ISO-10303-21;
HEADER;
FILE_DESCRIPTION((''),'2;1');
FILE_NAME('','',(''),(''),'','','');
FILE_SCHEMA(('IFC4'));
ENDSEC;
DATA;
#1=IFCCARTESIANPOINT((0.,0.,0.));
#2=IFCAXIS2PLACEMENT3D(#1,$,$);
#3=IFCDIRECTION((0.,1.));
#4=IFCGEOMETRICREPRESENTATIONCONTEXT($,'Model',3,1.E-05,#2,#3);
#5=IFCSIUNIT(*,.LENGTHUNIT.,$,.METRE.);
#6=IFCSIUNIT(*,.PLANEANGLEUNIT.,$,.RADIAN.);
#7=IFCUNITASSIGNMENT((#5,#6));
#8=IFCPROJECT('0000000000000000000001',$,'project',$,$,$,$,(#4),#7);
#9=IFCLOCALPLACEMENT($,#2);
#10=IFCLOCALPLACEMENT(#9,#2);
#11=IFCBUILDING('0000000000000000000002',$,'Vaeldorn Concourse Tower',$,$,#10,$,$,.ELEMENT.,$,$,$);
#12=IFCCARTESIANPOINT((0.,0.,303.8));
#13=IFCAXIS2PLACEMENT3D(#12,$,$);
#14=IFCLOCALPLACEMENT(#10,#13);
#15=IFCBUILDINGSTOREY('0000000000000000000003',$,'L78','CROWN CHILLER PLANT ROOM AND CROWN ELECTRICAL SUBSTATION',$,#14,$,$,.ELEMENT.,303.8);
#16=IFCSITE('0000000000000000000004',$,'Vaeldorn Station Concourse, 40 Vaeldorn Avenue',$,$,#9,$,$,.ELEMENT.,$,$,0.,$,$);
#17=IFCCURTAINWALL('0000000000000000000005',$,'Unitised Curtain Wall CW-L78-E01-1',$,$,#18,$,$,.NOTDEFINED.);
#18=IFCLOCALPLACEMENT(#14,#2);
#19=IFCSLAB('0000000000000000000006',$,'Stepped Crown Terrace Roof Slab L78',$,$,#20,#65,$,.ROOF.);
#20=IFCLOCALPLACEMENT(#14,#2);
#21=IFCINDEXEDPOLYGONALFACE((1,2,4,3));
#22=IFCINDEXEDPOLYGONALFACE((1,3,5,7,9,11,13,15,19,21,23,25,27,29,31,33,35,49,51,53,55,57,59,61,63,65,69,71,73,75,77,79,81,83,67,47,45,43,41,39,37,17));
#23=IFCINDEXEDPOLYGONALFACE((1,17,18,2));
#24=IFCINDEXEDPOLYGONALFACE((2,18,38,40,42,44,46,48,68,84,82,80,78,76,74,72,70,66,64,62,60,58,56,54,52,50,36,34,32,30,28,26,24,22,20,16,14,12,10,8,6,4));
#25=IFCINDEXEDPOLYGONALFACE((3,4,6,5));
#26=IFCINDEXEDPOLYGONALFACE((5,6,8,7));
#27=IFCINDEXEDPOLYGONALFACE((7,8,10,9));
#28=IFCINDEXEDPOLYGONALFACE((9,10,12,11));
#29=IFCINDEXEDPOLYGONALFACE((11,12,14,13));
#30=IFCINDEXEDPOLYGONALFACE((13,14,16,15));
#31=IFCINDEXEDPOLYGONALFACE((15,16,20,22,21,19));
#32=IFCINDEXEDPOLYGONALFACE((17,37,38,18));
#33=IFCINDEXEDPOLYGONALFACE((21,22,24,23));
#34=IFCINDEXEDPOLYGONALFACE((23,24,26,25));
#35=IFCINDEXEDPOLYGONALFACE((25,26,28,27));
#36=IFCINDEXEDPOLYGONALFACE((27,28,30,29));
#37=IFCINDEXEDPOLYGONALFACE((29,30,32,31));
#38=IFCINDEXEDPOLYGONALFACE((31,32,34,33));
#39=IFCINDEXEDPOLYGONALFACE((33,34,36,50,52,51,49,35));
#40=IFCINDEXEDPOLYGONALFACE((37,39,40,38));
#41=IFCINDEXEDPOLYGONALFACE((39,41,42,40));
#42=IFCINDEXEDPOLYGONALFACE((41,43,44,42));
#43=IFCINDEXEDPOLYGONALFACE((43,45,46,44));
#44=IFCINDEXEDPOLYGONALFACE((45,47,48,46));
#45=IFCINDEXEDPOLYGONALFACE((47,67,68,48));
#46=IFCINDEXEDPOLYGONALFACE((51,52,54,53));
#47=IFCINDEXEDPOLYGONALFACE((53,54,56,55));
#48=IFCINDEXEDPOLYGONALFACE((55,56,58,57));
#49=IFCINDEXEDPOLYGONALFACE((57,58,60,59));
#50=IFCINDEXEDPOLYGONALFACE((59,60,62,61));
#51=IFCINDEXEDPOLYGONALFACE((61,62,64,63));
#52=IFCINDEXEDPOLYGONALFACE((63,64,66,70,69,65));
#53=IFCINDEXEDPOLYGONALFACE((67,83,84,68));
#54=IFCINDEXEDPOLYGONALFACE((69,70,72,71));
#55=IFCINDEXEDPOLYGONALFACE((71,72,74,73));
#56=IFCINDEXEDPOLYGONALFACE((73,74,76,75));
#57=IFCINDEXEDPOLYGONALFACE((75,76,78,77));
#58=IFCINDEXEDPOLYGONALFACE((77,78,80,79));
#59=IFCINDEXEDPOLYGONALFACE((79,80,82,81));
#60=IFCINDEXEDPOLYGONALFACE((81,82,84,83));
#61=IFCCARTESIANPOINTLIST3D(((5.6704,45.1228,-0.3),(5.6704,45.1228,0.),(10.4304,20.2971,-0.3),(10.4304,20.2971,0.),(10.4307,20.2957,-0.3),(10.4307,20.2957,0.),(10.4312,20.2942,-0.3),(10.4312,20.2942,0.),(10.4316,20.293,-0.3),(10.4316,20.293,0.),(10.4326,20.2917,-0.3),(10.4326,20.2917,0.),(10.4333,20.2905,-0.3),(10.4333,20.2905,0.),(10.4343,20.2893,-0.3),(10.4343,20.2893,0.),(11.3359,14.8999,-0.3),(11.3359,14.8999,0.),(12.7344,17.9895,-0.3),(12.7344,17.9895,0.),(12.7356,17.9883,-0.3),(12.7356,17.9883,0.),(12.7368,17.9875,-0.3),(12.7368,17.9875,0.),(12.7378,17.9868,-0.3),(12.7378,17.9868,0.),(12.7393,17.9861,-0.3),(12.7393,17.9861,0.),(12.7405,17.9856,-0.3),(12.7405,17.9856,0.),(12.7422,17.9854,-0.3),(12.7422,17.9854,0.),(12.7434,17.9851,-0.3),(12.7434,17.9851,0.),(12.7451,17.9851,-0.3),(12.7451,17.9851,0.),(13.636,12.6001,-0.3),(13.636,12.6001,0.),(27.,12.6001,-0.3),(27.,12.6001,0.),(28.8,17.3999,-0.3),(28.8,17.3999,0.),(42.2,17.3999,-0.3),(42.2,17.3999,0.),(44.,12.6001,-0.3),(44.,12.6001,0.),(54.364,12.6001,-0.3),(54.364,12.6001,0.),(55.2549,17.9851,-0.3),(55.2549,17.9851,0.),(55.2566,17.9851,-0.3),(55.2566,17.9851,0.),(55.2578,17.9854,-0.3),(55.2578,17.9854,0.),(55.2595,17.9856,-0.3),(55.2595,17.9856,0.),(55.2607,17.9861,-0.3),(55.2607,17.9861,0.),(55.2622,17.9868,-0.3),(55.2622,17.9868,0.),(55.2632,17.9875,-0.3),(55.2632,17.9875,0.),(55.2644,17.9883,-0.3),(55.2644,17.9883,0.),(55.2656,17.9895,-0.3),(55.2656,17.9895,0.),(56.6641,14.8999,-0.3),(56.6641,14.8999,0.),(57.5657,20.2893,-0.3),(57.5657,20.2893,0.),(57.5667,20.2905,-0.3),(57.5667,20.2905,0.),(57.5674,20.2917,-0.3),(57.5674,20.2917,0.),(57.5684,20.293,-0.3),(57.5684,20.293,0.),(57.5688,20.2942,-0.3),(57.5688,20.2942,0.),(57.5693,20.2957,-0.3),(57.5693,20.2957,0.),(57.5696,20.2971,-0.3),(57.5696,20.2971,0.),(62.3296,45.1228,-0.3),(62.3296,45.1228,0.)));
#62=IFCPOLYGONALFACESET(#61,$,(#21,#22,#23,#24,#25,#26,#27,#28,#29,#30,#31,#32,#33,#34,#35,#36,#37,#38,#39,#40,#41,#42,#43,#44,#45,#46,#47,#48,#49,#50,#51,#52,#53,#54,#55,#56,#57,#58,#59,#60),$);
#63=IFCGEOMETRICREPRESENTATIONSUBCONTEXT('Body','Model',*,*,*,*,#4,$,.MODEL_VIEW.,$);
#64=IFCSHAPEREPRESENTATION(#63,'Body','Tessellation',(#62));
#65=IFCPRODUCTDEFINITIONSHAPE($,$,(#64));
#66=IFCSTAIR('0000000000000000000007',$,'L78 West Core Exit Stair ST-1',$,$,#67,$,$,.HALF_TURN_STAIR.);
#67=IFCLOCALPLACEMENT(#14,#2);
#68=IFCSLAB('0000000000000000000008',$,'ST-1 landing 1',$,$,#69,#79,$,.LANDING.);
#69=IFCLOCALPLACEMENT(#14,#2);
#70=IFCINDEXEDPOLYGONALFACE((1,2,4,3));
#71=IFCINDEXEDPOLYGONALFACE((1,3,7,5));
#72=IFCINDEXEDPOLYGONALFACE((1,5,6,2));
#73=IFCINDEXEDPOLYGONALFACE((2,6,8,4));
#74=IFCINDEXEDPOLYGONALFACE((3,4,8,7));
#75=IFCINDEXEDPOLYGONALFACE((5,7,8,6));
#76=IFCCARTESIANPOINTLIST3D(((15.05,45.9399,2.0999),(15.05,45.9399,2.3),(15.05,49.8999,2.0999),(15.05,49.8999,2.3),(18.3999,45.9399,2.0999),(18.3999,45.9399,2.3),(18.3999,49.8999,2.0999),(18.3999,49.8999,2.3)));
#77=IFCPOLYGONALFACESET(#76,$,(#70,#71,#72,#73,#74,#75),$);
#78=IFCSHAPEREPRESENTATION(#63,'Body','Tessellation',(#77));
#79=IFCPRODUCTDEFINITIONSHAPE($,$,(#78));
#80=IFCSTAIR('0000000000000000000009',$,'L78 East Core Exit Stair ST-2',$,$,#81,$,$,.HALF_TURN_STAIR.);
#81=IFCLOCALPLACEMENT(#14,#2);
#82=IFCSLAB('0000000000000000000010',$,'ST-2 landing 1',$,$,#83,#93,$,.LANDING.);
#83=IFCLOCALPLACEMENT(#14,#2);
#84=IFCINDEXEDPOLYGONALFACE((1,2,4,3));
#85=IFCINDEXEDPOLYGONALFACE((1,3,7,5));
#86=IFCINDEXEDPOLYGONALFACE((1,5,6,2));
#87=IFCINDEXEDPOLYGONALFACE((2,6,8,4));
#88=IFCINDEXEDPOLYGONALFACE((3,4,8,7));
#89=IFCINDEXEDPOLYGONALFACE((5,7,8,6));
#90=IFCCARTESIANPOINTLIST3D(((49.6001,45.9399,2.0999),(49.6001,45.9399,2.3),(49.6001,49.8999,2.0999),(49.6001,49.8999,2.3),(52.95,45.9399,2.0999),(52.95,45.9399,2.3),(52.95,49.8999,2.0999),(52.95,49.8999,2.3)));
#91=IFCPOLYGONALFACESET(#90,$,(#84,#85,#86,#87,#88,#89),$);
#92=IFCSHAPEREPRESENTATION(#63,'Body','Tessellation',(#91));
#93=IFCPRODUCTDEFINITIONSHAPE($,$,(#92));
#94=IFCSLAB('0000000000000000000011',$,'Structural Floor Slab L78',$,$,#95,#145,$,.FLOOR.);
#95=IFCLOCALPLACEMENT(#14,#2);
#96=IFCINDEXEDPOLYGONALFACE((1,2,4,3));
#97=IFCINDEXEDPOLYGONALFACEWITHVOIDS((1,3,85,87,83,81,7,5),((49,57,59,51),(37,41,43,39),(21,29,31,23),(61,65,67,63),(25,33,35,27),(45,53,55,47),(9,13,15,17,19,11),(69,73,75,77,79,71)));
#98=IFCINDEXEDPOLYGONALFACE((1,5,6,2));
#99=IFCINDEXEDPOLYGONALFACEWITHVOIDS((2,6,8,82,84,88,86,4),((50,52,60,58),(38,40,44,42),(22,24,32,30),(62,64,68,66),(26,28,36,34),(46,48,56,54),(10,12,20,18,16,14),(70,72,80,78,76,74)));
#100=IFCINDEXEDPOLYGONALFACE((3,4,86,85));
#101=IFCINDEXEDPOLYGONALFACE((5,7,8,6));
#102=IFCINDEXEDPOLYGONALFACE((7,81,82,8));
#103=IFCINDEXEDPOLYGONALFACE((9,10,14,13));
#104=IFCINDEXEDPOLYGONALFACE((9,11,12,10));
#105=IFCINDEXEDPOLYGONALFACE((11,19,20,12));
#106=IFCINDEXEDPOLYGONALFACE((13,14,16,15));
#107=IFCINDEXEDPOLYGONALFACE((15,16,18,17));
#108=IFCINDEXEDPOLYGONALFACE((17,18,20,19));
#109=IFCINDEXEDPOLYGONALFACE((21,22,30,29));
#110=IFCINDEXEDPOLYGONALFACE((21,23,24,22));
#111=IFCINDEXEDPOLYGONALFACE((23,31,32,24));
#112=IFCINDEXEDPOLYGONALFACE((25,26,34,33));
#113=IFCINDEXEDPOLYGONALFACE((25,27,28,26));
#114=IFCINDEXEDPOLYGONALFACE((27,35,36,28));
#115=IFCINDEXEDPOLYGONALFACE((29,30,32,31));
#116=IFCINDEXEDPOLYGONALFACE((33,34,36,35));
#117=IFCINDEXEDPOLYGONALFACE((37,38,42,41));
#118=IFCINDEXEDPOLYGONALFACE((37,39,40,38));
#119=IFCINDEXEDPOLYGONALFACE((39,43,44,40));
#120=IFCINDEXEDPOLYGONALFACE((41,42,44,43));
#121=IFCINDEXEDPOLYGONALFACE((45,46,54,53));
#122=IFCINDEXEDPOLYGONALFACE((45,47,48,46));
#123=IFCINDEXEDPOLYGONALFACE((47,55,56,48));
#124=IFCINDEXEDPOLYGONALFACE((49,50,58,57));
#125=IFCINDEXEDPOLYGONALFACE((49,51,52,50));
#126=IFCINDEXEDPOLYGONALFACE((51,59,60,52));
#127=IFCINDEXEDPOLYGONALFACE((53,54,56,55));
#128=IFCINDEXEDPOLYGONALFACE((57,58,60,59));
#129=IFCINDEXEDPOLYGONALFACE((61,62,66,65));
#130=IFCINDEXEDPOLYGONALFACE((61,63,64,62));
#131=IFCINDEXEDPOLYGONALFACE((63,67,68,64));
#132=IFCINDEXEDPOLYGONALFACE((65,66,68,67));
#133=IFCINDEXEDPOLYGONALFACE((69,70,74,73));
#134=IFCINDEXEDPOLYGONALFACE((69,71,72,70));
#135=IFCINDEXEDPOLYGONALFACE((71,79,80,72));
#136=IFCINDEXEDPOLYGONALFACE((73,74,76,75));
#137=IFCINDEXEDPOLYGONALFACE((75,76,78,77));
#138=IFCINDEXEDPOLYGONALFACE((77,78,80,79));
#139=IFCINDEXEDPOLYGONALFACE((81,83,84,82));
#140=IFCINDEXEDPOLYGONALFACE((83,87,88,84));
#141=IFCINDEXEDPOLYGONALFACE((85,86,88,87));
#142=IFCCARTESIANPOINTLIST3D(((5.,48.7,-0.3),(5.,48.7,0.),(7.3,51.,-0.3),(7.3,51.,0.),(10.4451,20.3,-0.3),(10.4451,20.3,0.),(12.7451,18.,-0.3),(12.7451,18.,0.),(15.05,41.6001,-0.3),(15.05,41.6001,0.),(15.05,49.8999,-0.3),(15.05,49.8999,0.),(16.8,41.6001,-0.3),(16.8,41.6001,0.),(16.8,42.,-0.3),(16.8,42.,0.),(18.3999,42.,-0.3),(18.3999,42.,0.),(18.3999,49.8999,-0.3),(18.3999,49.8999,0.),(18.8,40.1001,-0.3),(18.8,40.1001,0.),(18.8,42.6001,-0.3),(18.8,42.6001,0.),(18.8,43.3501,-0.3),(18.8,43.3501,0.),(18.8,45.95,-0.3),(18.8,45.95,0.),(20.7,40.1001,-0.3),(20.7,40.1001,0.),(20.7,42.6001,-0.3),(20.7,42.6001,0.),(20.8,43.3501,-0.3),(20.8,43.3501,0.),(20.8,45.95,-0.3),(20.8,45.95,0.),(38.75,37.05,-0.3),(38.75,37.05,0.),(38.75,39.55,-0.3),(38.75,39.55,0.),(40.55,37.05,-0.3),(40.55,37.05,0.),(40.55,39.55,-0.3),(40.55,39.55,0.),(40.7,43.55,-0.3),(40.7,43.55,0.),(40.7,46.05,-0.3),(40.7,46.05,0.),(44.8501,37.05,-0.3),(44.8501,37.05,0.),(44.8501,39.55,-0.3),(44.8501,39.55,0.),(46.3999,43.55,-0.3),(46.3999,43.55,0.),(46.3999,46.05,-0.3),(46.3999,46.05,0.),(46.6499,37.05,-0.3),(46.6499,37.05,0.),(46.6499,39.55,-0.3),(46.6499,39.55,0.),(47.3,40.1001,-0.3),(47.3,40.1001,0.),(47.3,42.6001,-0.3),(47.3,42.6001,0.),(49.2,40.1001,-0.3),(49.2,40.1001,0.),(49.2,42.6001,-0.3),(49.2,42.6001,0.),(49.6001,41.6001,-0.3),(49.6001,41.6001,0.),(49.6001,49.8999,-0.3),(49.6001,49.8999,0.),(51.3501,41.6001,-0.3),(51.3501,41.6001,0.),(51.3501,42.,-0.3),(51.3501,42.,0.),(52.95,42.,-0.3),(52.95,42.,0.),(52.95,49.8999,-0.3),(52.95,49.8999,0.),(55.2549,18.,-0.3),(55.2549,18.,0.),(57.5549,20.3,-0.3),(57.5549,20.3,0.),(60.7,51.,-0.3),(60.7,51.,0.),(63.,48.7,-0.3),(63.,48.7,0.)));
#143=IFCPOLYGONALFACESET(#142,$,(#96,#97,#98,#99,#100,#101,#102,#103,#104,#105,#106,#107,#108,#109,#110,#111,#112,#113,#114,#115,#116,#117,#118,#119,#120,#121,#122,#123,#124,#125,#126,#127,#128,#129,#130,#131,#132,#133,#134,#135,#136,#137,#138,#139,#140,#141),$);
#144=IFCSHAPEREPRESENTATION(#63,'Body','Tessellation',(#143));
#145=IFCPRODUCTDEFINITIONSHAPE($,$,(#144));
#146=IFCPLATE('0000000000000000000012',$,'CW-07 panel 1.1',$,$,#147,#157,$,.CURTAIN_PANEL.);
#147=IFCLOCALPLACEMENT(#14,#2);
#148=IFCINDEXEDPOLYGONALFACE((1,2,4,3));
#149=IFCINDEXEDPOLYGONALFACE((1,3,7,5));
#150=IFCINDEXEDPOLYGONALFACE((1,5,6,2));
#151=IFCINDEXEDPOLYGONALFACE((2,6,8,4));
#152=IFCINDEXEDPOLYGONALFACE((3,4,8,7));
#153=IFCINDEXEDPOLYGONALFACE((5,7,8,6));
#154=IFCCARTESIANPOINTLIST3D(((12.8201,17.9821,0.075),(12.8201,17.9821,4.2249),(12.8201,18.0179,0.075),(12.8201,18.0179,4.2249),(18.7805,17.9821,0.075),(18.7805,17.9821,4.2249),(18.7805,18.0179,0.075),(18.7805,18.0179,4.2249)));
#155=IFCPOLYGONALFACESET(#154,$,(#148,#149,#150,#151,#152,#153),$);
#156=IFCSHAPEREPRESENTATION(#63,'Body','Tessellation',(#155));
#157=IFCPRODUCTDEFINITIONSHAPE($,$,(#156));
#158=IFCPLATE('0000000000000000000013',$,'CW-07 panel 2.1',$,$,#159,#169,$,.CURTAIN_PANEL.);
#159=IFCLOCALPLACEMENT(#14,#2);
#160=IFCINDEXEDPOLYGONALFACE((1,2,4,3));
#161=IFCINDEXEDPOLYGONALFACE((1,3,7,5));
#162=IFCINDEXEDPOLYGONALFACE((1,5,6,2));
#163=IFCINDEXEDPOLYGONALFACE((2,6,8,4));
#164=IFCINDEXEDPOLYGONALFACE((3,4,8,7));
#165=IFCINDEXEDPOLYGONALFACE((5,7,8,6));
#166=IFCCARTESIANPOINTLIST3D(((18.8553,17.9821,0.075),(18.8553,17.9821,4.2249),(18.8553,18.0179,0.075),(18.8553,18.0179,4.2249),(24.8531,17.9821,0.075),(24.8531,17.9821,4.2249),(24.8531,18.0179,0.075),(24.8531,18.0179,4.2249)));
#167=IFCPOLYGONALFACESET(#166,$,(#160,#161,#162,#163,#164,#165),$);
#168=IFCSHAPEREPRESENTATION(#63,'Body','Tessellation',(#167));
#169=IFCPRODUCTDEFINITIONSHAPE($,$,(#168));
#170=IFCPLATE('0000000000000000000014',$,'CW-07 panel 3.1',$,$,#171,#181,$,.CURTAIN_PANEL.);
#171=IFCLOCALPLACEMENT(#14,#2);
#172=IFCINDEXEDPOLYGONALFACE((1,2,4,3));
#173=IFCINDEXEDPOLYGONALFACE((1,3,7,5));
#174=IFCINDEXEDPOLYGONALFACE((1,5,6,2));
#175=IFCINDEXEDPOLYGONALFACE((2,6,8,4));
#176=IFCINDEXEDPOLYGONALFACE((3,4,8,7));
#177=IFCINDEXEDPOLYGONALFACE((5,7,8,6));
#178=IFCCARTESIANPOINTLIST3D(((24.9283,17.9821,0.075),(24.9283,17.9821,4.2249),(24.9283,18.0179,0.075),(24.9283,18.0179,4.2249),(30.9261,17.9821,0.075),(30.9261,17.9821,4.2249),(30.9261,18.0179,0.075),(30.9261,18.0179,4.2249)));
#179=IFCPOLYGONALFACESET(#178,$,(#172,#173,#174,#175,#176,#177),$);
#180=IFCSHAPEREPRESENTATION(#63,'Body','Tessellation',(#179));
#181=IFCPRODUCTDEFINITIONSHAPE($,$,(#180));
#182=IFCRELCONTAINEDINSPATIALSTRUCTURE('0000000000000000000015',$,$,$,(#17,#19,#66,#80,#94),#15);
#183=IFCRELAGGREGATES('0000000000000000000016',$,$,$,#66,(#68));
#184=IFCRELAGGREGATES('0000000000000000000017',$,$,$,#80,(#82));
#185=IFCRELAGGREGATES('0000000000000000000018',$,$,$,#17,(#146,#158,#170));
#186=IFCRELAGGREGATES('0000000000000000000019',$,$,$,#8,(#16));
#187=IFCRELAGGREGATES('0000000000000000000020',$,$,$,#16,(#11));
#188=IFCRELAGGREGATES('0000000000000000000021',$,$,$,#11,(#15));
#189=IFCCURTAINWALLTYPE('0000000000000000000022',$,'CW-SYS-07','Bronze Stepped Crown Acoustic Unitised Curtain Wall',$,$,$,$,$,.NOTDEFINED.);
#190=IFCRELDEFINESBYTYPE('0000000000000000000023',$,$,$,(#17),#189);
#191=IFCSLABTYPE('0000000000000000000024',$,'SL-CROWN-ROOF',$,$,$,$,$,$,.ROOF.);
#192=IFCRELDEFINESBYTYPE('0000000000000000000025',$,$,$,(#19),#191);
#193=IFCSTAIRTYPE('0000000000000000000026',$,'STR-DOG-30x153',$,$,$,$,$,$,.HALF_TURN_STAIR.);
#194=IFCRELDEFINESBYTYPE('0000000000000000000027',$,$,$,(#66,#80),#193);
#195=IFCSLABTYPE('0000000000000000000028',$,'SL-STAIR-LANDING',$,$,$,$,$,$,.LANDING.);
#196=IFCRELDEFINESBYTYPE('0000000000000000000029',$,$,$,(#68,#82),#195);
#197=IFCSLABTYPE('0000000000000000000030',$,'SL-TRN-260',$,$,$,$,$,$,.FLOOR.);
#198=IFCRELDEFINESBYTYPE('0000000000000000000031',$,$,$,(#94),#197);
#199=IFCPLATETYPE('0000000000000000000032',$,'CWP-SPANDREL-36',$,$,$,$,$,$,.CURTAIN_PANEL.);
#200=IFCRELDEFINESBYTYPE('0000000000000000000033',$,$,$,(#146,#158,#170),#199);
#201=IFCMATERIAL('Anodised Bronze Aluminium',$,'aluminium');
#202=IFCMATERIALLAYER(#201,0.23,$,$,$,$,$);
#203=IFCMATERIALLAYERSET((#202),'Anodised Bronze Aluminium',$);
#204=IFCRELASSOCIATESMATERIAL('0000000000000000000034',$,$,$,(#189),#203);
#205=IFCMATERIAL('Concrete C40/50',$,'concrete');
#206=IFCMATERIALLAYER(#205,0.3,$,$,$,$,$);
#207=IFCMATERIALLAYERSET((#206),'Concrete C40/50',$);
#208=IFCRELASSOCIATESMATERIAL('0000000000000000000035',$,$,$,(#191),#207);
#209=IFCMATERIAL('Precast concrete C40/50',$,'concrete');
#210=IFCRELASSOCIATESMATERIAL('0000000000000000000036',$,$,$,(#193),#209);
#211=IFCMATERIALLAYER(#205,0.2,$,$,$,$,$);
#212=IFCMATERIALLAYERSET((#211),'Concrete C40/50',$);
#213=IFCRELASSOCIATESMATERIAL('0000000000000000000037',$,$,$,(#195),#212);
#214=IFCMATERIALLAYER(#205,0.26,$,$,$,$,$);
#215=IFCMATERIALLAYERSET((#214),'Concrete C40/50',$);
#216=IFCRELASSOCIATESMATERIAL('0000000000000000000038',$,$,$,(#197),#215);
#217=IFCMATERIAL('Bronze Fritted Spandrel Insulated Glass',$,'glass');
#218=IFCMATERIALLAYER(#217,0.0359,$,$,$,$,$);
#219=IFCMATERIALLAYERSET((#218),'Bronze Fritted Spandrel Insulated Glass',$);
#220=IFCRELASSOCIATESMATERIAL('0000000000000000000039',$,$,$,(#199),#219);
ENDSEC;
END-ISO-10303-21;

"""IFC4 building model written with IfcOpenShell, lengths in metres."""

from ifc_helpers import new_model, si_unit, direction, frame, origin, origin_2d, place, context, subcontext, project, spatial, polyline, rectangle, outline, extrude, source, transform, mapped, material, layer, layer_set, type_object, element, aggregate, save


model = new_model("IFC4")

# Units and contexts
model_context = context("Model", 3, precision=1e-05, world=origin(), true_north=direction((0.0, 1.0)))
body_context = subcontext(model_context, "Body", "Model", "MODEL_VIEW")
ifc_project = project(units=[si_unit("LENGTHUNIT", "METRE"), si_unit("PLANEANGLEUNIT", "RADIAN")], contexts=[model_context])

# Site, building, storey
site_placement = place(None, origin())
site = spatial("IfcSite", under=ifc_project, at=site_placement, Name="Vaeldorn Station Concourse, 40 Vaeldorn Avenue", CompositionType="ELEMENT", RefElevation=0.0)
building_placement = place(site_placement, origin())
building = spatial("IfcBuilding", under=site, at=building_placement, Name="Vaeldorn Concourse Tower", CompositionType="ELEMENT")
storey_placement = place(building_placement, frame((0.0, 0.0, 303.8)))
storey = spatial("IfcBuildingStorey", under=building, at=storey_placement, Name="L78", Description="CROWN CHILLER PLANT ROOM AND CROWN ELECTRICAL SUBSTATION", CompositionType="ELEMENT", Elevation=303.8)

# Curtain wall
ifc_material_1 = material(Name="Anodised Bronze Aluminium", Category="aluminium")
ifc_layer_1 = layer(ifc_material_1, 0.23)
ifc_layer_set_1 = layer_set([ifc_layer_1], Name="Anodised Bronze Aluminium")
curtain_wall_type = type_object("IfcCurtainWallType", Name="CW-SYS-07", Description="Bronze Stepped Crown Acoustic Unitised Curtain Wall", PredefinedType="NOTDEFINED", material=ifc_layer_set_1)
curtain_wall_1_placement = place(storey_placement, origin())
curtain_wall_1 = element("IfcCurtainWall", 1, at=curtain_wall_1_placement, inside=storey, type_object=curtain_wall_type, Name="Unitised Curtain Wall CW-L78-E01-1", PredefinedType="NOTDEFINED")

# Slab
ifc_material_2 = material(Name="Concrete C40/50", Category="concrete")
ifc_layer_2 = layer(ifc_material_2, 0.3)
ifc_layer_set_2 = layer_set([ifc_layer_2], Name="Concrete C40/50")
slab_type_1 = type_object("IfcSlabType", Name="SL-CROWN-ROOF", PredefinedType="ROOF", material=ifc_layer_set_2)
slab_1_placement = place(storey_placement, frame((0.0, 0.0, -0.3)))
element("IfcSlab", 2, at=slab_1_placement, inside=storey, type_object=slab_type_1, Name="Stepped Crown Terrace Roof Slab L78", PredefinedType="ROOF", context=body_context, shape_type="SweptSolid", body=[
    extrude(outline(polyline([(62.3296, 45.1228), (57.5696, 20.2971), (57.5693, 20.2957), (57.5688, 20.2942), (57.5684, 20.293), (57.5674, 20.2917), (57.5667, 20.2905), (57.5657, 20.2893), (55.2656, 17.9895), (55.2644, 17.9883), (55.2632, 17.9875), (55.2622, 17.9868), (55.2607, 17.9861), (55.2595, 17.9856), (55.2578, 17.9854), (55.2566, 17.9851), (55.2549, 17.9851), (12.7451, 17.9851), (12.7434, 17.9851), (12.7422, 17.9854), (12.7405, 17.9856), (12.7393, 17.9861), (12.7378, 17.9868), (12.7368, 17.9875), (12.7356, 17.9883), (12.7344, 17.9895), (10.4343, 20.2893), (10.4333, 20.2905), (10.4326, 20.2917), (10.4316, 20.293), (10.4312, 20.2942), (10.4307, 20.2957), (10.4304, 20.2971), (5.6704, 45.1228), (11.3359, 14.8999), (13.636, 12.6001), (27.0, 12.6001), (28.8, 17.3999), (42.2, 17.3999), (44.0, 12.6001), (54.364, 12.6001), (56.6641, 14.8999), (62.3296, 45.1228)])), origin(), (0.0, 0.0, 1.0), 0.3),
])

# Stairs, slabs
ifc_material_3 = material(Name="Precast concrete C40/50", Category="concrete")
stair_type = type_object("IfcStairType", Name="STR-DOG-30x153", PredefinedType="HALF_TURN_STAIR", material=ifc_material_3)
stair_1_placement = place(storey_placement, origin())
stair_1 = element("IfcStair", 3, at=stair_1_placement, inside=storey, type_object=stair_type, Name="L78 West Core Exit Stair ST-1", PredefinedType="HALF_TURN_STAIR")
ifc_layer_3 = layer(ifc_material_2, 0.2)
ifc_layer_set_3 = layer_set([ifc_layer_3], Name="Concrete C40/50")
slab_type_2 = type_object("IfcSlabType", Name="SL-STAIR-LANDING", PredefinedType="LANDING", material=ifc_layer_set_3)
slab_2_placement = place(storey_placement, frame((0.0, 0.0, 2.0999)))
slab_2 = element("IfcSlab", 4, at=slab_2_placement, type_object=slab_type_2, Name="ST-1 landing 1", PredefinedType="LANDING", context=body_context, shape_type="SweptSolid", body=[
    extrude(outline(polyline([(18.3999, 45.9399), (18.3999, 49.8999), (15.05, 49.8999), (15.05, 45.9399), (18.3999, 45.9399)])), origin(), (0.0, 0.0, 1.0), 0.2002),
])
aggregate(stair_1, [slab_2])
stair_2_placement = place(storey_placement, origin())
stair_2 = element("IfcStair", 5, at=stair_2_placement, inside=storey, type_object=stair_type, Name="L78 East Core Exit Stair ST-2", PredefinedType="HALF_TURN_STAIR")
slab_3_placement = place(storey_placement, frame((0.0, 0.0, 2.0999)))
slab_3 = element("IfcSlab", 6, at=slab_3_placement, type_object=slab_type_2, Name="ST-2 landing 1", PredefinedType="LANDING", context=body_context, shape_type="SweptSolid", body=[
    extrude(outline(polyline([(52.95, 45.9399), (52.95, 49.8999), (49.6001, 49.8999), (49.6001, 45.9399), (52.95, 45.9399)])), origin(), (0.0, 0.0, 1.0), 0.2002),
])
aggregate(stair_2, [slab_3])

# Slab
ifc_layer_4 = layer(ifc_material_2, 0.26)
ifc_layer_set_4 = layer_set([ifc_layer_4], Name="Concrete C40/50")
slab_type_3 = type_object("IfcSlabType", Name="SL-TRN-260", PredefinedType="FLOOR", material=ifc_layer_set_4)
slab_4_placement = place(storey_placement, frame((0.0, 0.0, -0.3)))
element("IfcSlab", 7, at=slab_4_placement, inside=storey, type_object=slab_type_3, Name="Structural Floor Slab L78", PredefinedType="FLOOR", context=body_context, shape_type="SweptSolid", body=[
    extrude(outline(polyline([(12.7451, 18.0), (55.2549, 18.0), (57.5549, 20.3), (63.0, 48.7), (60.7, 51.0), (7.3, 51.0), (5.0, 48.7), (10.4451, 20.3), (12.7451, 18.0)]), holes=[polyline([(18.3999, 42.0), (18.3999, 49.8999), (15.05, 49.8999), (15.05, 41.6001), (16.8, 41.6001), (16.8, 42.0), (18.3999, 42.0)]), polyline([(52.95, 42.0), (52.95, 49.8999), (49.6001, 49.8999), (49.6001, 41.6001), (51.3501, 41.6001), (51.3501, 42.0), (52.95, 42.0)]), polyline([(38.75, 37.05), (40.55, 37.05), (40.55, 39.55), (38.75, 39.55), (38.75, 37.05)]), polyline([(44.8501, 37.05), (46.6499, 37.05), (46.6499, 39.55), (44.8501, 39.55), (44.8501, 37.05)]), polyline([(40.7, 43.55), (46.3999, 43.55), (46.3999, 46.05), (40.7, 46.05), (40.7, 43.55)]), polyline([(18.8, 43.3501), (20.8, 43.3501), (20.8, 45.95), (18.8, 45.95), (18.8, 43.3501)]), polyline([(18.8, 40.1001), (20.7, 40.1001), (20.7, 42.6001), (18.8, 42.6001), (18.8, 40.1001)]), polyline([(47.3, 40.1001), (49.2, 40.1001), (49.2, 42.6001), (47.3, 42.6001), (47.3, 40.1001)])]), origin(), (0.0, 0.0, 1.0), 0.3),
])

# Plates
ifc_material_4 = material(Name="Bronze Fritted Spandrel Insulated Glass", Category="glass")
ifc_layer_5 = layer(ifc_material_4, 0.0359)
ifc_layer_set_5 = layer_set([ifc_layer_5], Name="Bronze Fritted Spandrel Insulated Glass")
plate_type = type_object("IfcPlateType", Name="CWP-SPANDREL-36", PredefinedType="CURTAIN_PANEL", material=ifc_layer_set_5)
shared_shape_1 = source(origin(), body_context, "Body", "SweptSolid", [
    extrude(rectangle(XDim=5.9604, YDim=0.0359, at=origin_2d()), origin(), (0.0, 0.0, 1.0), 4.1499),
])
plate_1_placement = place(storey_placement, frame((15.8003, 18.0, 0.075), z_axis=(0.0, 0.0, 1.0), x_axis=(1.0, 0.0, 0.0)))
plate_1 = element("IfcPlate", 8, at=plate_1_placement, type_object=plate_type, Name="CW-07 panel 1.1", PredefinedType="CURTAIN_PANEL", context=body_context, shape_type="MappedRepresentation", body=[
    mapped(shared_shape_1, transform((0.0, 0.0, 0.0), scale=1.0)),
])
shared_shape_2 = source(origin(), body_context, "Body", "SweptSolid", [
    extrude(rectangle(XDim=5.9978, YDim=0.0359, at=origin_2d()), origin(), (0.0, 0.0, 1.0), 4.1499),
])
plate_2_placement = place(storey_placement, frame((21.8542, 18.0, 0.075), z_axis=(0.0, 0.0, 1.0), x_axis=(1.0, 0.0, 0.0)))
plate_2 = element("IfcPlate", 9, at=plate_2_placement, type_object=plate_type, Name="CW-07 panel 2.1", PredefinedType="CURTAIN_PANEL", context=body_context, shape_type="MappedRepresentation", body=[
    mapped(shared_shape_2, transform((0.0, 0.0, 0.0), scale=1.0)),
])
plate_3_placement = place(storey_placement, frame((27.9272, 18.0, 0.075), z_axis=(0.0, 0.0, 1.0), x_axis=(1.0, 0.0, 0.0)))
plate_3 = element("IfcPlate", 10, at=plate_3_placement, type_object=plate_type, Name="CW-07 panel 3.1", PredefinedType="CURTAIN_PANEL", context=body_context, shape_type="MappedRepresentation", body=[
    mapped(shared_shape_2, transform((0.0, 0.0, 0.0), scale=1.0)),
])
aggregate(curtain_wall_1, [plate_1, plate_2, plate_3])

save(model, "model.ifc")
